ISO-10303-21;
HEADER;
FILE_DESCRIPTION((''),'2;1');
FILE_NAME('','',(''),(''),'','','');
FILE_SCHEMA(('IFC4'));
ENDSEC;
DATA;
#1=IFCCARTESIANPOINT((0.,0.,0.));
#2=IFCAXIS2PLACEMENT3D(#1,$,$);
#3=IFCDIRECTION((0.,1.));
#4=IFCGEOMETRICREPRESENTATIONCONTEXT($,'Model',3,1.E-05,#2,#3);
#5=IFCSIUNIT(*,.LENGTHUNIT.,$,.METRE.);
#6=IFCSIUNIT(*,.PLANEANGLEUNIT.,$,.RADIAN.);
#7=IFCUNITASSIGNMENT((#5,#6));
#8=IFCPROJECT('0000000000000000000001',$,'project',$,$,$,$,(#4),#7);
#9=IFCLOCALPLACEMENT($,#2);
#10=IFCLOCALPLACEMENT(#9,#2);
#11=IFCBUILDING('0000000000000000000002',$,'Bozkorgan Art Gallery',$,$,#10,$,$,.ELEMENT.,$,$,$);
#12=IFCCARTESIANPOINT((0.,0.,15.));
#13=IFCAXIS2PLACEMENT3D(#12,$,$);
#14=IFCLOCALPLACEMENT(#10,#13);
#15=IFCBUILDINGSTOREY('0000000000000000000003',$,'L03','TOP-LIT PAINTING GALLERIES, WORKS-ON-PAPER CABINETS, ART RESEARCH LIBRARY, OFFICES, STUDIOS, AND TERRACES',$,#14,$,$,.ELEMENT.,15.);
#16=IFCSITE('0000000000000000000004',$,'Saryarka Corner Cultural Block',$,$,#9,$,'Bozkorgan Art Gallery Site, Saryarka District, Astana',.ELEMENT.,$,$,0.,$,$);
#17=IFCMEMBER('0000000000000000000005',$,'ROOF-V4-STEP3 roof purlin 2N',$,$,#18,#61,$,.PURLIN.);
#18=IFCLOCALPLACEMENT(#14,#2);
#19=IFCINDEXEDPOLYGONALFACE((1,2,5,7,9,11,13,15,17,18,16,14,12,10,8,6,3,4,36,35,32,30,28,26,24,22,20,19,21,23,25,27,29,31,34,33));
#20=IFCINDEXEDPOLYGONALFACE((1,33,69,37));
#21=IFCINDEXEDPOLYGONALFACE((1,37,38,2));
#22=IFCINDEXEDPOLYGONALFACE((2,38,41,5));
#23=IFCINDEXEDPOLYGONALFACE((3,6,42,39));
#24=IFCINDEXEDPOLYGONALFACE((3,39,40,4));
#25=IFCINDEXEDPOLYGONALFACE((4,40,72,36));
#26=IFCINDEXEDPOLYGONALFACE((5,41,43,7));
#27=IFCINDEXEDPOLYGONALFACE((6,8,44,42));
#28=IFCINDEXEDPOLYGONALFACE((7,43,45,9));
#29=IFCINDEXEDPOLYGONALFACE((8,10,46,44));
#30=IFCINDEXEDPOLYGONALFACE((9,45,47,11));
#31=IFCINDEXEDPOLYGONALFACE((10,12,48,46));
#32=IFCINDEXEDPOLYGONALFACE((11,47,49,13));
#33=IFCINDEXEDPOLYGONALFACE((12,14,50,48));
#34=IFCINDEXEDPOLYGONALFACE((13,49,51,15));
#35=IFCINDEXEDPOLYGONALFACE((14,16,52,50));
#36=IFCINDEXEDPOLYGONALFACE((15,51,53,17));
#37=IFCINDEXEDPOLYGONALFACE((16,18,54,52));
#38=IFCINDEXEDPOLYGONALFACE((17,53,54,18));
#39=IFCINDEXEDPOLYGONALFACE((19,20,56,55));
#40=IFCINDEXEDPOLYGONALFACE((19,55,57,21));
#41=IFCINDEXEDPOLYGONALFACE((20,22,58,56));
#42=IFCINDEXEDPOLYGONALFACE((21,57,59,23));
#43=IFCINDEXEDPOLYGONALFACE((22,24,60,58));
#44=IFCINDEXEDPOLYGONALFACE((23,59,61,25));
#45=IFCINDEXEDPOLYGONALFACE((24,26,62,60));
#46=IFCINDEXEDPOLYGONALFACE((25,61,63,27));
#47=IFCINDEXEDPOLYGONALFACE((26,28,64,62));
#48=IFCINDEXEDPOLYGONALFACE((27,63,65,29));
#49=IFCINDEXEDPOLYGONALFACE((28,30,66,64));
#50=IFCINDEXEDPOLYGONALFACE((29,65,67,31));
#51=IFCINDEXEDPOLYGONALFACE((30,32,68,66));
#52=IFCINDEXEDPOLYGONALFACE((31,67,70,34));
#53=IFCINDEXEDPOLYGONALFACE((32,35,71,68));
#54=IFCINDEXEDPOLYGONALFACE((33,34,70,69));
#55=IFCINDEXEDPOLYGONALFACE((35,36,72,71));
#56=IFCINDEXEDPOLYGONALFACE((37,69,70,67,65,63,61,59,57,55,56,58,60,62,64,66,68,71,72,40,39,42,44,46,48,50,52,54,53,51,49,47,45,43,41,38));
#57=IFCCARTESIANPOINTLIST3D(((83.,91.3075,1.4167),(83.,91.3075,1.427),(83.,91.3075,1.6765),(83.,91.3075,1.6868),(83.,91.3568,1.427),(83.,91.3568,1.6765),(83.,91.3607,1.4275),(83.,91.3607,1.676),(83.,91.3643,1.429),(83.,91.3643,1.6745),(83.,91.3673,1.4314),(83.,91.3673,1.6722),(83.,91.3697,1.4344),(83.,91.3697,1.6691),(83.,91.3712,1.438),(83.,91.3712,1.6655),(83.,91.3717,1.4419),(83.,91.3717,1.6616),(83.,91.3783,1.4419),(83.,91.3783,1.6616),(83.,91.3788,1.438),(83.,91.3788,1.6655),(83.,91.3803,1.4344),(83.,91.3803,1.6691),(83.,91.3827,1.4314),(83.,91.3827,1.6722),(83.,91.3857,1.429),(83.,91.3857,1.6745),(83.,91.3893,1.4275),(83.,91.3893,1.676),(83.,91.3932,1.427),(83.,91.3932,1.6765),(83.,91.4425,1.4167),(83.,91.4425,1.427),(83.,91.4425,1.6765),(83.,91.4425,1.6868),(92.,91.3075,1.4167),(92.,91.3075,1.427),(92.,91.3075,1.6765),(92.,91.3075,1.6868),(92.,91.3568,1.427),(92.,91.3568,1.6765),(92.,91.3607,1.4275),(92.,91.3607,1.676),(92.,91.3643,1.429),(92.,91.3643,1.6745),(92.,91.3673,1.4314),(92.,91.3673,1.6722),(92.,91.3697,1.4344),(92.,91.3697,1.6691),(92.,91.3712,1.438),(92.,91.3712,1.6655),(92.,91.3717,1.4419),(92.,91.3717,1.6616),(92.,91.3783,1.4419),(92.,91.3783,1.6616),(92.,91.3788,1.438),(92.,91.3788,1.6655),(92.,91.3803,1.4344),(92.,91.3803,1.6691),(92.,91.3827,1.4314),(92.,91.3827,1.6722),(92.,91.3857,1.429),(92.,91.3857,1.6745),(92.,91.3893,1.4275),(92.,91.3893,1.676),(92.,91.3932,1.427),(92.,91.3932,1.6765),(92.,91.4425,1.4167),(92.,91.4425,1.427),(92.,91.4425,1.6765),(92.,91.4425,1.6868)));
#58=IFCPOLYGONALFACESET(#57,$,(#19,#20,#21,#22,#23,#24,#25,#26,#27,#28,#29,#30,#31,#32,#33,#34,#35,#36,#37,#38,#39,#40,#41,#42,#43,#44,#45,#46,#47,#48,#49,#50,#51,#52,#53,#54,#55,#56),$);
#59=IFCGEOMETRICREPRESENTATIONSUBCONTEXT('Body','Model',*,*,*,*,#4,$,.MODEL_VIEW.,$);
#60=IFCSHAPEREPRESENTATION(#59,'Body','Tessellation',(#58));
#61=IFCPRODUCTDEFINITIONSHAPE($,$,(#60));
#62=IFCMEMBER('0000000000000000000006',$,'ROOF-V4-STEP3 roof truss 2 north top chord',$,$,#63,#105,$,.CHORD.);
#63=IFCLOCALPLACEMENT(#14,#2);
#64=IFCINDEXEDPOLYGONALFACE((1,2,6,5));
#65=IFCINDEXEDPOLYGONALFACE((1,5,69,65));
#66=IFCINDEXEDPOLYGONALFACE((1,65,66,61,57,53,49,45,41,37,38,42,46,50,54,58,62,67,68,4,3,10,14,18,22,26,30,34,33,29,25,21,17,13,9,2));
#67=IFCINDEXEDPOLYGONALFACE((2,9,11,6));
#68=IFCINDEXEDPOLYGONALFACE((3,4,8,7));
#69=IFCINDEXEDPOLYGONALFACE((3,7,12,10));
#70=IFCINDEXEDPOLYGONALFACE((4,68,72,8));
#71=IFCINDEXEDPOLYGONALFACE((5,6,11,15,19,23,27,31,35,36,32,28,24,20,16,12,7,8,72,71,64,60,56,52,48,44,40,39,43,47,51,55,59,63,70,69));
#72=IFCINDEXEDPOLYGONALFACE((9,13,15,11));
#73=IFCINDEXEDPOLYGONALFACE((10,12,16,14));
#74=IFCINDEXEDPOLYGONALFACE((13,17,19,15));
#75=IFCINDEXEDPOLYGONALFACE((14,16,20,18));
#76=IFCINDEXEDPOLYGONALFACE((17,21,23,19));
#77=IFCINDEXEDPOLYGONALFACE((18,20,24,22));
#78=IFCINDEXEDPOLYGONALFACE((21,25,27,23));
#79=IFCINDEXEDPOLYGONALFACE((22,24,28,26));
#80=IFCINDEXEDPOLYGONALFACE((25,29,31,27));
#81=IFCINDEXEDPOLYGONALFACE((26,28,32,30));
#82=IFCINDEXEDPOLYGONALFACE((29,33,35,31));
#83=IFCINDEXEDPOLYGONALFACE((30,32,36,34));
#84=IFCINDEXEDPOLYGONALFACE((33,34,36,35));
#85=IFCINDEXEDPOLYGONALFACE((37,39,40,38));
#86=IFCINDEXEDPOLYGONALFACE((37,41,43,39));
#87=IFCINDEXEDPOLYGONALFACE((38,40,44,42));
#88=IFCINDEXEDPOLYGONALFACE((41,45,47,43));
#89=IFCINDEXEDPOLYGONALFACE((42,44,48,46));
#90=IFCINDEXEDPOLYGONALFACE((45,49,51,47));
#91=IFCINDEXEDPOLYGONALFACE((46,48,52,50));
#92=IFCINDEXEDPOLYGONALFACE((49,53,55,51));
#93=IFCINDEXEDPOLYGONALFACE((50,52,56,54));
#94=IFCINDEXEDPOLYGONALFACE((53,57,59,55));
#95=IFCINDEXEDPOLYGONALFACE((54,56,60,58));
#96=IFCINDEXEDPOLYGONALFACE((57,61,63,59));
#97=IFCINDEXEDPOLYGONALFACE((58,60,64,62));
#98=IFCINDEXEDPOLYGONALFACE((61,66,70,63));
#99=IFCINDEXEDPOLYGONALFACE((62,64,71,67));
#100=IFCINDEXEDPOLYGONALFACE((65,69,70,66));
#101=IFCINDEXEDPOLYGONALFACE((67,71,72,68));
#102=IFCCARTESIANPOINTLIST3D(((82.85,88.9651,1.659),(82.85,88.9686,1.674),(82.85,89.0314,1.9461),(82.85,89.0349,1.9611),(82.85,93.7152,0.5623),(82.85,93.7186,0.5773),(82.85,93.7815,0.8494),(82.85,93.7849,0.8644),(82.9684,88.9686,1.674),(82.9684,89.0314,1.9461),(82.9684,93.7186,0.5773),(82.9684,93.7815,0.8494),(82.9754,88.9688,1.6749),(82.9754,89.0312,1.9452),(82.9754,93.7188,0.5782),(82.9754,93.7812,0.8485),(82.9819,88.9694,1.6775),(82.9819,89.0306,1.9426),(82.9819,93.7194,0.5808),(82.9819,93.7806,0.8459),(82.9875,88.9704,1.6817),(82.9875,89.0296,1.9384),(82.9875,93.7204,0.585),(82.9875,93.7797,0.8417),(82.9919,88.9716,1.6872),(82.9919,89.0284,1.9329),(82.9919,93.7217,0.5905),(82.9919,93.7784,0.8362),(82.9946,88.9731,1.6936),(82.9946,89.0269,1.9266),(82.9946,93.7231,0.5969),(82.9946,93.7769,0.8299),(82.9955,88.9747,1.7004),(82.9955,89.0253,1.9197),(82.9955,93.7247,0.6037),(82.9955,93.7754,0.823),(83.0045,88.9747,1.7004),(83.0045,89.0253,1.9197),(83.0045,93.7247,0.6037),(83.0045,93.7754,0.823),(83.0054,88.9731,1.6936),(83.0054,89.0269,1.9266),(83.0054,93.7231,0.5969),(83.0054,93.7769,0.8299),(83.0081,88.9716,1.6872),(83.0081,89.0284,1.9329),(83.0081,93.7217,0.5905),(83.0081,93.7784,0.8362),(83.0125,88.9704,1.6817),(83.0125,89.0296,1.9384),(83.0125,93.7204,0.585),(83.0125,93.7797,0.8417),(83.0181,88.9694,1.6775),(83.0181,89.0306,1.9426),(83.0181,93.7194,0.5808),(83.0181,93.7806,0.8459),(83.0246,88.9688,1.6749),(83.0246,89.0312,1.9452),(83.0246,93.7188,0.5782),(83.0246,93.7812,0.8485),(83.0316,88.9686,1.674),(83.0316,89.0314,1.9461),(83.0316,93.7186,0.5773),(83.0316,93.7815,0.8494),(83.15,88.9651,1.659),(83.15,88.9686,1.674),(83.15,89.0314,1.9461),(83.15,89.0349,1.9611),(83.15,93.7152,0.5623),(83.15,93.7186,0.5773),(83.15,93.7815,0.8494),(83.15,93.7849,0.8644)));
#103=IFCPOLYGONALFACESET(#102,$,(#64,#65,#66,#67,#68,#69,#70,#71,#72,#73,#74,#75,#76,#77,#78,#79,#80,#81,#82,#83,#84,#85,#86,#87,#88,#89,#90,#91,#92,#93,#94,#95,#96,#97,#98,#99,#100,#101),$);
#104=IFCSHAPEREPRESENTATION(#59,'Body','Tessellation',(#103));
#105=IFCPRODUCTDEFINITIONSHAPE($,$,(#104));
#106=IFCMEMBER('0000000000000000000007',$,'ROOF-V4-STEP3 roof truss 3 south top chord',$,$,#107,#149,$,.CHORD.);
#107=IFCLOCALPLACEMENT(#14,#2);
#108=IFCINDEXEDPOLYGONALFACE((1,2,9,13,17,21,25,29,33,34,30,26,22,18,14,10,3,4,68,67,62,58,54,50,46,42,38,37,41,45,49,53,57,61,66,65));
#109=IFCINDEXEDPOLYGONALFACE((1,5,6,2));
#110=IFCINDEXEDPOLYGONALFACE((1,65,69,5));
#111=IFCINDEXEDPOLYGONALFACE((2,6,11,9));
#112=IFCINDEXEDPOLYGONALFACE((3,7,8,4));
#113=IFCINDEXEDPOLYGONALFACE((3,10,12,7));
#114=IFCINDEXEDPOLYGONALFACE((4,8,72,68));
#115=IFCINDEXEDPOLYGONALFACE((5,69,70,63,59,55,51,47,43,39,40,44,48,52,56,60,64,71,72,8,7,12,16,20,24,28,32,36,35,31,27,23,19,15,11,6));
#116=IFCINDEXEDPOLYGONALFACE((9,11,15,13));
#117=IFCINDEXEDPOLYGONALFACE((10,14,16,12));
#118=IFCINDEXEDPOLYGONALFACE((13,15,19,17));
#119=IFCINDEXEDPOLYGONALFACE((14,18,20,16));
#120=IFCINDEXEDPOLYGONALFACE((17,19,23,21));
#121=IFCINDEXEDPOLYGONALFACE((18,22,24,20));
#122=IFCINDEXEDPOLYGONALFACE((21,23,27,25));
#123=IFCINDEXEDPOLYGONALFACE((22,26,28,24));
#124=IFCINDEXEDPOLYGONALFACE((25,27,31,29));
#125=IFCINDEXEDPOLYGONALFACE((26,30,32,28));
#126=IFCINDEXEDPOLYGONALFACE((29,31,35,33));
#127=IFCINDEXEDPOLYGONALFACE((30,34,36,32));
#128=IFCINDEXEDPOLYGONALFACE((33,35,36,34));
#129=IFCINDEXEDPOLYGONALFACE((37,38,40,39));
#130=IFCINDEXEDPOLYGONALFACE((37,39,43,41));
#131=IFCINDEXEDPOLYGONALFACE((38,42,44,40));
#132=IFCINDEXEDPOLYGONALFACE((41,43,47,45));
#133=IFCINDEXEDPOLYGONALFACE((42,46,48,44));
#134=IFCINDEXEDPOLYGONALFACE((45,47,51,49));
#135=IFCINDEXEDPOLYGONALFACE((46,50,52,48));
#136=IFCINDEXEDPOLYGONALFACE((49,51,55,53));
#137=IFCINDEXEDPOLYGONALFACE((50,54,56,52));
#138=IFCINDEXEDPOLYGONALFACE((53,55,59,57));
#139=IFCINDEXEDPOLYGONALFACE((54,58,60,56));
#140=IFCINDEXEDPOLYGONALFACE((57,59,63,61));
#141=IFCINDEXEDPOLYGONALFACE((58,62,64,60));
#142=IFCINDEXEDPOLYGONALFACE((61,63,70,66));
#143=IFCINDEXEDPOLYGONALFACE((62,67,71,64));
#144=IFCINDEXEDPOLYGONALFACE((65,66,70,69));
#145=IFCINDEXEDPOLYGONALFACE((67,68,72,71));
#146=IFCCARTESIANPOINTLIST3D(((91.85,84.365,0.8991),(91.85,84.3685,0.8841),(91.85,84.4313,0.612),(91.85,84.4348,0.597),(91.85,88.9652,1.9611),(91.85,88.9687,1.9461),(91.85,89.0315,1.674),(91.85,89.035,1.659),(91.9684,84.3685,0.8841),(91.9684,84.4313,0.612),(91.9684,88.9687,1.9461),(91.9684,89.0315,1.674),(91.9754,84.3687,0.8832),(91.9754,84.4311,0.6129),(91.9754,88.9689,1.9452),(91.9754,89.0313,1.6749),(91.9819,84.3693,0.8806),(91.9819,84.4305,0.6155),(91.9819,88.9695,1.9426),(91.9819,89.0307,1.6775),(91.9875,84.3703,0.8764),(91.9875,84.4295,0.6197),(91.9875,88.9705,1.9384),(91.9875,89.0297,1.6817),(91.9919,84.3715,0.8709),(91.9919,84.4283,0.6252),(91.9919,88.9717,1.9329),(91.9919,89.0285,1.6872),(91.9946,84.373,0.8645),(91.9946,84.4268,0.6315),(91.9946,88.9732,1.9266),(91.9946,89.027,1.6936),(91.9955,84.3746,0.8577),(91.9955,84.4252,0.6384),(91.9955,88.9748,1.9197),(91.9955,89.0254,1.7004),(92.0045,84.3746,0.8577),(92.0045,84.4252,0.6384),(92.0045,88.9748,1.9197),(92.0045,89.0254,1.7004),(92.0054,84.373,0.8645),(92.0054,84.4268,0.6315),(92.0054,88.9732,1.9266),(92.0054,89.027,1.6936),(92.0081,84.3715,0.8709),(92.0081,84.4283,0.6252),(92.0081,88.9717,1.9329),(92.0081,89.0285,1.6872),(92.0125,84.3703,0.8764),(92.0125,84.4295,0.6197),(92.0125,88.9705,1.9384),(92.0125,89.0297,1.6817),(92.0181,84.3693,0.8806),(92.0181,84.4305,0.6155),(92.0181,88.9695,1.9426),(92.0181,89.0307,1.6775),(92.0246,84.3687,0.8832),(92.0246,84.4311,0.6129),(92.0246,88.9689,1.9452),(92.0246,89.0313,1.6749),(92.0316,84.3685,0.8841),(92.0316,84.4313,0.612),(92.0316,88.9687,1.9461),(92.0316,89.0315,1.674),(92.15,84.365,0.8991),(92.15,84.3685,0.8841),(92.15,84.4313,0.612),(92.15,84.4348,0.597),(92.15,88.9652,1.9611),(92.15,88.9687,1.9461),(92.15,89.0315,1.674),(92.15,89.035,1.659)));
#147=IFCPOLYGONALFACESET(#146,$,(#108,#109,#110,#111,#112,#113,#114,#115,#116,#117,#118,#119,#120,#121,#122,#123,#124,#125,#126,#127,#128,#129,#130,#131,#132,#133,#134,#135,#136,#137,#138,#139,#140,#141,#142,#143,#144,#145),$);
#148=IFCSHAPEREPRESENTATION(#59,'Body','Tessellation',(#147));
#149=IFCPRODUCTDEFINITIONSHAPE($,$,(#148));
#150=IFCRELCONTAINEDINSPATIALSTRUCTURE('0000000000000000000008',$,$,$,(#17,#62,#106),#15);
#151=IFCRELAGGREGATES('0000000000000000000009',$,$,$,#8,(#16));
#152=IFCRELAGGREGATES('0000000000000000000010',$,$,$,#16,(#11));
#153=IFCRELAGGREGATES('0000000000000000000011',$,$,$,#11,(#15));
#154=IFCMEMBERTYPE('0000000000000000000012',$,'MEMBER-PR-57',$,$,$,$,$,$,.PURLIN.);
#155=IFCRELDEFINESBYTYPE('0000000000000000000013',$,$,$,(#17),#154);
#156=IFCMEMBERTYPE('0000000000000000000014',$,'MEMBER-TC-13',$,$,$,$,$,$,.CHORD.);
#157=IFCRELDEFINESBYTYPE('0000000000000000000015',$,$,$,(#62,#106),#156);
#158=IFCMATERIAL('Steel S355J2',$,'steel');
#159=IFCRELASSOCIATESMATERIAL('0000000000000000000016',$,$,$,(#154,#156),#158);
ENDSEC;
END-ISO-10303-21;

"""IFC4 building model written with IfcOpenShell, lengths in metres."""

from ifc_helpers import new_model, si_unit, direction, frame, origin, origin_2d, place, context, subcontext, project, spatial, i_section, extrude, material, material_profile, profile_set, type_object, element, save


model = new_model("IFC4")

# Units and contexts
model_context = context("Model", 3, precision=1e-05, world=origin(), true_north=direction((0.0, 1.0)))
body_context = subcontext(model_context, "Body", "Model", "MODEL_VIEW")
ifc_project = project(units=[si_unit("LENGTHUNIT", "METRE"), si_unit("PLANEANGLEUNIT", "RADIAN")], contexts=[model_context])

# Site, building, storey
site_placement = place(None, origin())
site = spatial("IfcSite", under=ifc_project, at=site_placement, Name="Saryarka Corner Cultural Block", LongName="Bozkorgan Art Gallery Site, Saryarka District, Astana", CompositionType="ELEMENT", RefElevation=0.0)
building_placement = place(site_placement, origin())
building = spatial("IfcBuilding", under=site, at=building_placement, Name="Bozkorgan Art Gallery", CompositionType="ELEMENT")
storey_placement = place(building_placement, frame((0.0, 0.0, 15.0)))
storey = spatial("IfcBuildingStorey", under=building, at=storey_placement, Name="L03", Description="TOP-LIT PAINTING GALLERIES, WORKS-ON-PAPER CABINETS, ART RESEARCH LIBRARY, OFFICES, STUDIOS, AND TERRACES", CompositionType="ELEMENT", Elevation=15.0)

# Shared definitions
ifc_material_1 = material(Name="Steel S355J2", Category="steel")

# Members
ifc_material_profile_1 = material_profile(ifc_material_1, i_section(OverallWidth=0.135, OverallDepth=0.27, WebThickness=0.0066, FlangeThickness=0.0103, FilletRadius=0.0149, at=origin_2d()), Name="IPE 270")
ifc_profile_set_1 = profile_set([ifc_material_profile_1], Name="Steel S355J2")
member_type_1 = type_object("IfcMemberType", Name="MEMBER-PR-57", PredefinedType="PURLIN", material=ifc_profile_set_1)
for number, where, z_axis, x_axis, name in (
    (1, (83.0, 91.375, 1.5518), (1.0, 0.0, 0.0), (0.0, 1.0, 0.0), "ROOF-V4-STEP3 roof purlin 2N"),
):
    element("IfcMember", number, at=place(storey_placement, frame(where, z_axis=z_axis, x_axis=x_axis)), inside=storey, type_object=member_type_1, Name=name, PredefinedType="PURLIN", context=body_context, shape_type="SweptSolid", body=[
        extrude(i_section(OverallWidth=0.135, OverallDepth=0.27, WebThickness=0.0066, FlangeThickness=0.0103, FilletRadius=0.0149, at=origin_2d()), origin(), (0.0, 0.0, 1.0), 9.0),
    ])
ifc_material_profile_2 = material_profile(ifc_material_1, i_section(OverallWidth=0.3, OverallDepth=0.3101, WebThickness=0.009, FlangeThickness=0.0154, FilletRadius=0.0271, at=origin_2d()), Name="HEA 320")
ifc_profile_set_2 = profile_set([ifc_material_profile_2], Name="Steel S355J2")
member_type_2 = type_object("IfcMemberType", Name="MEMBER-TC-13", PredefinedType="CHORD", material=ifc_profile_set_2)
member_1_placement = place(storey_placement, frame((83.0, 89.0, 1.8101), z_axis=(0.0, 0.974368, -0.224962), x_axis=(-1.0, 0.0, 0.0)))
element("IfcMember", 2, at=member_1_placement, inside=storey, type_object=member_type_2, Name="ROOF-V4-STEP3 roof truss 2 north top chord", PredefinedType="CHORD", context=body_context, shape_type="SweptSolid", body=[
    extrude(i_section(OverallWidth=0.3, OverallDepth=0.3101, WebThickness=0.009, FlangeThickness=0.0154, FilletRadius=0.0271, at=origin_2d()), origin(), (0.0, 0.0, 1.0), 4.875),
])
member_2_placement = place(storey_placement, frame((92.0, 84.3999, 0.748), z_axis=(0.0, 0.97437, 0.22495), x_axis=(-1.0, 0.0, 0.0)))
element("IfcMember", 3, at=member_2_placement, inside=storey, type_object=member_type_2, Name="ROOF-V4-STEP3 roof truss 3 south top chord", PredefinedType="CHORD", context=body_context, shape_type="SweptSolid", body=[
    extrude(i_section(OverallWidth=0.3, OverallDepth=0.3101, WebThickness=0.009, FlangeThickness=0.0154, FilletRadius=0.0271, at=origin_2d()), origin(), (0.0, 0.0, 1.0), 4.7212),
])

save(model, "model.ifc")
